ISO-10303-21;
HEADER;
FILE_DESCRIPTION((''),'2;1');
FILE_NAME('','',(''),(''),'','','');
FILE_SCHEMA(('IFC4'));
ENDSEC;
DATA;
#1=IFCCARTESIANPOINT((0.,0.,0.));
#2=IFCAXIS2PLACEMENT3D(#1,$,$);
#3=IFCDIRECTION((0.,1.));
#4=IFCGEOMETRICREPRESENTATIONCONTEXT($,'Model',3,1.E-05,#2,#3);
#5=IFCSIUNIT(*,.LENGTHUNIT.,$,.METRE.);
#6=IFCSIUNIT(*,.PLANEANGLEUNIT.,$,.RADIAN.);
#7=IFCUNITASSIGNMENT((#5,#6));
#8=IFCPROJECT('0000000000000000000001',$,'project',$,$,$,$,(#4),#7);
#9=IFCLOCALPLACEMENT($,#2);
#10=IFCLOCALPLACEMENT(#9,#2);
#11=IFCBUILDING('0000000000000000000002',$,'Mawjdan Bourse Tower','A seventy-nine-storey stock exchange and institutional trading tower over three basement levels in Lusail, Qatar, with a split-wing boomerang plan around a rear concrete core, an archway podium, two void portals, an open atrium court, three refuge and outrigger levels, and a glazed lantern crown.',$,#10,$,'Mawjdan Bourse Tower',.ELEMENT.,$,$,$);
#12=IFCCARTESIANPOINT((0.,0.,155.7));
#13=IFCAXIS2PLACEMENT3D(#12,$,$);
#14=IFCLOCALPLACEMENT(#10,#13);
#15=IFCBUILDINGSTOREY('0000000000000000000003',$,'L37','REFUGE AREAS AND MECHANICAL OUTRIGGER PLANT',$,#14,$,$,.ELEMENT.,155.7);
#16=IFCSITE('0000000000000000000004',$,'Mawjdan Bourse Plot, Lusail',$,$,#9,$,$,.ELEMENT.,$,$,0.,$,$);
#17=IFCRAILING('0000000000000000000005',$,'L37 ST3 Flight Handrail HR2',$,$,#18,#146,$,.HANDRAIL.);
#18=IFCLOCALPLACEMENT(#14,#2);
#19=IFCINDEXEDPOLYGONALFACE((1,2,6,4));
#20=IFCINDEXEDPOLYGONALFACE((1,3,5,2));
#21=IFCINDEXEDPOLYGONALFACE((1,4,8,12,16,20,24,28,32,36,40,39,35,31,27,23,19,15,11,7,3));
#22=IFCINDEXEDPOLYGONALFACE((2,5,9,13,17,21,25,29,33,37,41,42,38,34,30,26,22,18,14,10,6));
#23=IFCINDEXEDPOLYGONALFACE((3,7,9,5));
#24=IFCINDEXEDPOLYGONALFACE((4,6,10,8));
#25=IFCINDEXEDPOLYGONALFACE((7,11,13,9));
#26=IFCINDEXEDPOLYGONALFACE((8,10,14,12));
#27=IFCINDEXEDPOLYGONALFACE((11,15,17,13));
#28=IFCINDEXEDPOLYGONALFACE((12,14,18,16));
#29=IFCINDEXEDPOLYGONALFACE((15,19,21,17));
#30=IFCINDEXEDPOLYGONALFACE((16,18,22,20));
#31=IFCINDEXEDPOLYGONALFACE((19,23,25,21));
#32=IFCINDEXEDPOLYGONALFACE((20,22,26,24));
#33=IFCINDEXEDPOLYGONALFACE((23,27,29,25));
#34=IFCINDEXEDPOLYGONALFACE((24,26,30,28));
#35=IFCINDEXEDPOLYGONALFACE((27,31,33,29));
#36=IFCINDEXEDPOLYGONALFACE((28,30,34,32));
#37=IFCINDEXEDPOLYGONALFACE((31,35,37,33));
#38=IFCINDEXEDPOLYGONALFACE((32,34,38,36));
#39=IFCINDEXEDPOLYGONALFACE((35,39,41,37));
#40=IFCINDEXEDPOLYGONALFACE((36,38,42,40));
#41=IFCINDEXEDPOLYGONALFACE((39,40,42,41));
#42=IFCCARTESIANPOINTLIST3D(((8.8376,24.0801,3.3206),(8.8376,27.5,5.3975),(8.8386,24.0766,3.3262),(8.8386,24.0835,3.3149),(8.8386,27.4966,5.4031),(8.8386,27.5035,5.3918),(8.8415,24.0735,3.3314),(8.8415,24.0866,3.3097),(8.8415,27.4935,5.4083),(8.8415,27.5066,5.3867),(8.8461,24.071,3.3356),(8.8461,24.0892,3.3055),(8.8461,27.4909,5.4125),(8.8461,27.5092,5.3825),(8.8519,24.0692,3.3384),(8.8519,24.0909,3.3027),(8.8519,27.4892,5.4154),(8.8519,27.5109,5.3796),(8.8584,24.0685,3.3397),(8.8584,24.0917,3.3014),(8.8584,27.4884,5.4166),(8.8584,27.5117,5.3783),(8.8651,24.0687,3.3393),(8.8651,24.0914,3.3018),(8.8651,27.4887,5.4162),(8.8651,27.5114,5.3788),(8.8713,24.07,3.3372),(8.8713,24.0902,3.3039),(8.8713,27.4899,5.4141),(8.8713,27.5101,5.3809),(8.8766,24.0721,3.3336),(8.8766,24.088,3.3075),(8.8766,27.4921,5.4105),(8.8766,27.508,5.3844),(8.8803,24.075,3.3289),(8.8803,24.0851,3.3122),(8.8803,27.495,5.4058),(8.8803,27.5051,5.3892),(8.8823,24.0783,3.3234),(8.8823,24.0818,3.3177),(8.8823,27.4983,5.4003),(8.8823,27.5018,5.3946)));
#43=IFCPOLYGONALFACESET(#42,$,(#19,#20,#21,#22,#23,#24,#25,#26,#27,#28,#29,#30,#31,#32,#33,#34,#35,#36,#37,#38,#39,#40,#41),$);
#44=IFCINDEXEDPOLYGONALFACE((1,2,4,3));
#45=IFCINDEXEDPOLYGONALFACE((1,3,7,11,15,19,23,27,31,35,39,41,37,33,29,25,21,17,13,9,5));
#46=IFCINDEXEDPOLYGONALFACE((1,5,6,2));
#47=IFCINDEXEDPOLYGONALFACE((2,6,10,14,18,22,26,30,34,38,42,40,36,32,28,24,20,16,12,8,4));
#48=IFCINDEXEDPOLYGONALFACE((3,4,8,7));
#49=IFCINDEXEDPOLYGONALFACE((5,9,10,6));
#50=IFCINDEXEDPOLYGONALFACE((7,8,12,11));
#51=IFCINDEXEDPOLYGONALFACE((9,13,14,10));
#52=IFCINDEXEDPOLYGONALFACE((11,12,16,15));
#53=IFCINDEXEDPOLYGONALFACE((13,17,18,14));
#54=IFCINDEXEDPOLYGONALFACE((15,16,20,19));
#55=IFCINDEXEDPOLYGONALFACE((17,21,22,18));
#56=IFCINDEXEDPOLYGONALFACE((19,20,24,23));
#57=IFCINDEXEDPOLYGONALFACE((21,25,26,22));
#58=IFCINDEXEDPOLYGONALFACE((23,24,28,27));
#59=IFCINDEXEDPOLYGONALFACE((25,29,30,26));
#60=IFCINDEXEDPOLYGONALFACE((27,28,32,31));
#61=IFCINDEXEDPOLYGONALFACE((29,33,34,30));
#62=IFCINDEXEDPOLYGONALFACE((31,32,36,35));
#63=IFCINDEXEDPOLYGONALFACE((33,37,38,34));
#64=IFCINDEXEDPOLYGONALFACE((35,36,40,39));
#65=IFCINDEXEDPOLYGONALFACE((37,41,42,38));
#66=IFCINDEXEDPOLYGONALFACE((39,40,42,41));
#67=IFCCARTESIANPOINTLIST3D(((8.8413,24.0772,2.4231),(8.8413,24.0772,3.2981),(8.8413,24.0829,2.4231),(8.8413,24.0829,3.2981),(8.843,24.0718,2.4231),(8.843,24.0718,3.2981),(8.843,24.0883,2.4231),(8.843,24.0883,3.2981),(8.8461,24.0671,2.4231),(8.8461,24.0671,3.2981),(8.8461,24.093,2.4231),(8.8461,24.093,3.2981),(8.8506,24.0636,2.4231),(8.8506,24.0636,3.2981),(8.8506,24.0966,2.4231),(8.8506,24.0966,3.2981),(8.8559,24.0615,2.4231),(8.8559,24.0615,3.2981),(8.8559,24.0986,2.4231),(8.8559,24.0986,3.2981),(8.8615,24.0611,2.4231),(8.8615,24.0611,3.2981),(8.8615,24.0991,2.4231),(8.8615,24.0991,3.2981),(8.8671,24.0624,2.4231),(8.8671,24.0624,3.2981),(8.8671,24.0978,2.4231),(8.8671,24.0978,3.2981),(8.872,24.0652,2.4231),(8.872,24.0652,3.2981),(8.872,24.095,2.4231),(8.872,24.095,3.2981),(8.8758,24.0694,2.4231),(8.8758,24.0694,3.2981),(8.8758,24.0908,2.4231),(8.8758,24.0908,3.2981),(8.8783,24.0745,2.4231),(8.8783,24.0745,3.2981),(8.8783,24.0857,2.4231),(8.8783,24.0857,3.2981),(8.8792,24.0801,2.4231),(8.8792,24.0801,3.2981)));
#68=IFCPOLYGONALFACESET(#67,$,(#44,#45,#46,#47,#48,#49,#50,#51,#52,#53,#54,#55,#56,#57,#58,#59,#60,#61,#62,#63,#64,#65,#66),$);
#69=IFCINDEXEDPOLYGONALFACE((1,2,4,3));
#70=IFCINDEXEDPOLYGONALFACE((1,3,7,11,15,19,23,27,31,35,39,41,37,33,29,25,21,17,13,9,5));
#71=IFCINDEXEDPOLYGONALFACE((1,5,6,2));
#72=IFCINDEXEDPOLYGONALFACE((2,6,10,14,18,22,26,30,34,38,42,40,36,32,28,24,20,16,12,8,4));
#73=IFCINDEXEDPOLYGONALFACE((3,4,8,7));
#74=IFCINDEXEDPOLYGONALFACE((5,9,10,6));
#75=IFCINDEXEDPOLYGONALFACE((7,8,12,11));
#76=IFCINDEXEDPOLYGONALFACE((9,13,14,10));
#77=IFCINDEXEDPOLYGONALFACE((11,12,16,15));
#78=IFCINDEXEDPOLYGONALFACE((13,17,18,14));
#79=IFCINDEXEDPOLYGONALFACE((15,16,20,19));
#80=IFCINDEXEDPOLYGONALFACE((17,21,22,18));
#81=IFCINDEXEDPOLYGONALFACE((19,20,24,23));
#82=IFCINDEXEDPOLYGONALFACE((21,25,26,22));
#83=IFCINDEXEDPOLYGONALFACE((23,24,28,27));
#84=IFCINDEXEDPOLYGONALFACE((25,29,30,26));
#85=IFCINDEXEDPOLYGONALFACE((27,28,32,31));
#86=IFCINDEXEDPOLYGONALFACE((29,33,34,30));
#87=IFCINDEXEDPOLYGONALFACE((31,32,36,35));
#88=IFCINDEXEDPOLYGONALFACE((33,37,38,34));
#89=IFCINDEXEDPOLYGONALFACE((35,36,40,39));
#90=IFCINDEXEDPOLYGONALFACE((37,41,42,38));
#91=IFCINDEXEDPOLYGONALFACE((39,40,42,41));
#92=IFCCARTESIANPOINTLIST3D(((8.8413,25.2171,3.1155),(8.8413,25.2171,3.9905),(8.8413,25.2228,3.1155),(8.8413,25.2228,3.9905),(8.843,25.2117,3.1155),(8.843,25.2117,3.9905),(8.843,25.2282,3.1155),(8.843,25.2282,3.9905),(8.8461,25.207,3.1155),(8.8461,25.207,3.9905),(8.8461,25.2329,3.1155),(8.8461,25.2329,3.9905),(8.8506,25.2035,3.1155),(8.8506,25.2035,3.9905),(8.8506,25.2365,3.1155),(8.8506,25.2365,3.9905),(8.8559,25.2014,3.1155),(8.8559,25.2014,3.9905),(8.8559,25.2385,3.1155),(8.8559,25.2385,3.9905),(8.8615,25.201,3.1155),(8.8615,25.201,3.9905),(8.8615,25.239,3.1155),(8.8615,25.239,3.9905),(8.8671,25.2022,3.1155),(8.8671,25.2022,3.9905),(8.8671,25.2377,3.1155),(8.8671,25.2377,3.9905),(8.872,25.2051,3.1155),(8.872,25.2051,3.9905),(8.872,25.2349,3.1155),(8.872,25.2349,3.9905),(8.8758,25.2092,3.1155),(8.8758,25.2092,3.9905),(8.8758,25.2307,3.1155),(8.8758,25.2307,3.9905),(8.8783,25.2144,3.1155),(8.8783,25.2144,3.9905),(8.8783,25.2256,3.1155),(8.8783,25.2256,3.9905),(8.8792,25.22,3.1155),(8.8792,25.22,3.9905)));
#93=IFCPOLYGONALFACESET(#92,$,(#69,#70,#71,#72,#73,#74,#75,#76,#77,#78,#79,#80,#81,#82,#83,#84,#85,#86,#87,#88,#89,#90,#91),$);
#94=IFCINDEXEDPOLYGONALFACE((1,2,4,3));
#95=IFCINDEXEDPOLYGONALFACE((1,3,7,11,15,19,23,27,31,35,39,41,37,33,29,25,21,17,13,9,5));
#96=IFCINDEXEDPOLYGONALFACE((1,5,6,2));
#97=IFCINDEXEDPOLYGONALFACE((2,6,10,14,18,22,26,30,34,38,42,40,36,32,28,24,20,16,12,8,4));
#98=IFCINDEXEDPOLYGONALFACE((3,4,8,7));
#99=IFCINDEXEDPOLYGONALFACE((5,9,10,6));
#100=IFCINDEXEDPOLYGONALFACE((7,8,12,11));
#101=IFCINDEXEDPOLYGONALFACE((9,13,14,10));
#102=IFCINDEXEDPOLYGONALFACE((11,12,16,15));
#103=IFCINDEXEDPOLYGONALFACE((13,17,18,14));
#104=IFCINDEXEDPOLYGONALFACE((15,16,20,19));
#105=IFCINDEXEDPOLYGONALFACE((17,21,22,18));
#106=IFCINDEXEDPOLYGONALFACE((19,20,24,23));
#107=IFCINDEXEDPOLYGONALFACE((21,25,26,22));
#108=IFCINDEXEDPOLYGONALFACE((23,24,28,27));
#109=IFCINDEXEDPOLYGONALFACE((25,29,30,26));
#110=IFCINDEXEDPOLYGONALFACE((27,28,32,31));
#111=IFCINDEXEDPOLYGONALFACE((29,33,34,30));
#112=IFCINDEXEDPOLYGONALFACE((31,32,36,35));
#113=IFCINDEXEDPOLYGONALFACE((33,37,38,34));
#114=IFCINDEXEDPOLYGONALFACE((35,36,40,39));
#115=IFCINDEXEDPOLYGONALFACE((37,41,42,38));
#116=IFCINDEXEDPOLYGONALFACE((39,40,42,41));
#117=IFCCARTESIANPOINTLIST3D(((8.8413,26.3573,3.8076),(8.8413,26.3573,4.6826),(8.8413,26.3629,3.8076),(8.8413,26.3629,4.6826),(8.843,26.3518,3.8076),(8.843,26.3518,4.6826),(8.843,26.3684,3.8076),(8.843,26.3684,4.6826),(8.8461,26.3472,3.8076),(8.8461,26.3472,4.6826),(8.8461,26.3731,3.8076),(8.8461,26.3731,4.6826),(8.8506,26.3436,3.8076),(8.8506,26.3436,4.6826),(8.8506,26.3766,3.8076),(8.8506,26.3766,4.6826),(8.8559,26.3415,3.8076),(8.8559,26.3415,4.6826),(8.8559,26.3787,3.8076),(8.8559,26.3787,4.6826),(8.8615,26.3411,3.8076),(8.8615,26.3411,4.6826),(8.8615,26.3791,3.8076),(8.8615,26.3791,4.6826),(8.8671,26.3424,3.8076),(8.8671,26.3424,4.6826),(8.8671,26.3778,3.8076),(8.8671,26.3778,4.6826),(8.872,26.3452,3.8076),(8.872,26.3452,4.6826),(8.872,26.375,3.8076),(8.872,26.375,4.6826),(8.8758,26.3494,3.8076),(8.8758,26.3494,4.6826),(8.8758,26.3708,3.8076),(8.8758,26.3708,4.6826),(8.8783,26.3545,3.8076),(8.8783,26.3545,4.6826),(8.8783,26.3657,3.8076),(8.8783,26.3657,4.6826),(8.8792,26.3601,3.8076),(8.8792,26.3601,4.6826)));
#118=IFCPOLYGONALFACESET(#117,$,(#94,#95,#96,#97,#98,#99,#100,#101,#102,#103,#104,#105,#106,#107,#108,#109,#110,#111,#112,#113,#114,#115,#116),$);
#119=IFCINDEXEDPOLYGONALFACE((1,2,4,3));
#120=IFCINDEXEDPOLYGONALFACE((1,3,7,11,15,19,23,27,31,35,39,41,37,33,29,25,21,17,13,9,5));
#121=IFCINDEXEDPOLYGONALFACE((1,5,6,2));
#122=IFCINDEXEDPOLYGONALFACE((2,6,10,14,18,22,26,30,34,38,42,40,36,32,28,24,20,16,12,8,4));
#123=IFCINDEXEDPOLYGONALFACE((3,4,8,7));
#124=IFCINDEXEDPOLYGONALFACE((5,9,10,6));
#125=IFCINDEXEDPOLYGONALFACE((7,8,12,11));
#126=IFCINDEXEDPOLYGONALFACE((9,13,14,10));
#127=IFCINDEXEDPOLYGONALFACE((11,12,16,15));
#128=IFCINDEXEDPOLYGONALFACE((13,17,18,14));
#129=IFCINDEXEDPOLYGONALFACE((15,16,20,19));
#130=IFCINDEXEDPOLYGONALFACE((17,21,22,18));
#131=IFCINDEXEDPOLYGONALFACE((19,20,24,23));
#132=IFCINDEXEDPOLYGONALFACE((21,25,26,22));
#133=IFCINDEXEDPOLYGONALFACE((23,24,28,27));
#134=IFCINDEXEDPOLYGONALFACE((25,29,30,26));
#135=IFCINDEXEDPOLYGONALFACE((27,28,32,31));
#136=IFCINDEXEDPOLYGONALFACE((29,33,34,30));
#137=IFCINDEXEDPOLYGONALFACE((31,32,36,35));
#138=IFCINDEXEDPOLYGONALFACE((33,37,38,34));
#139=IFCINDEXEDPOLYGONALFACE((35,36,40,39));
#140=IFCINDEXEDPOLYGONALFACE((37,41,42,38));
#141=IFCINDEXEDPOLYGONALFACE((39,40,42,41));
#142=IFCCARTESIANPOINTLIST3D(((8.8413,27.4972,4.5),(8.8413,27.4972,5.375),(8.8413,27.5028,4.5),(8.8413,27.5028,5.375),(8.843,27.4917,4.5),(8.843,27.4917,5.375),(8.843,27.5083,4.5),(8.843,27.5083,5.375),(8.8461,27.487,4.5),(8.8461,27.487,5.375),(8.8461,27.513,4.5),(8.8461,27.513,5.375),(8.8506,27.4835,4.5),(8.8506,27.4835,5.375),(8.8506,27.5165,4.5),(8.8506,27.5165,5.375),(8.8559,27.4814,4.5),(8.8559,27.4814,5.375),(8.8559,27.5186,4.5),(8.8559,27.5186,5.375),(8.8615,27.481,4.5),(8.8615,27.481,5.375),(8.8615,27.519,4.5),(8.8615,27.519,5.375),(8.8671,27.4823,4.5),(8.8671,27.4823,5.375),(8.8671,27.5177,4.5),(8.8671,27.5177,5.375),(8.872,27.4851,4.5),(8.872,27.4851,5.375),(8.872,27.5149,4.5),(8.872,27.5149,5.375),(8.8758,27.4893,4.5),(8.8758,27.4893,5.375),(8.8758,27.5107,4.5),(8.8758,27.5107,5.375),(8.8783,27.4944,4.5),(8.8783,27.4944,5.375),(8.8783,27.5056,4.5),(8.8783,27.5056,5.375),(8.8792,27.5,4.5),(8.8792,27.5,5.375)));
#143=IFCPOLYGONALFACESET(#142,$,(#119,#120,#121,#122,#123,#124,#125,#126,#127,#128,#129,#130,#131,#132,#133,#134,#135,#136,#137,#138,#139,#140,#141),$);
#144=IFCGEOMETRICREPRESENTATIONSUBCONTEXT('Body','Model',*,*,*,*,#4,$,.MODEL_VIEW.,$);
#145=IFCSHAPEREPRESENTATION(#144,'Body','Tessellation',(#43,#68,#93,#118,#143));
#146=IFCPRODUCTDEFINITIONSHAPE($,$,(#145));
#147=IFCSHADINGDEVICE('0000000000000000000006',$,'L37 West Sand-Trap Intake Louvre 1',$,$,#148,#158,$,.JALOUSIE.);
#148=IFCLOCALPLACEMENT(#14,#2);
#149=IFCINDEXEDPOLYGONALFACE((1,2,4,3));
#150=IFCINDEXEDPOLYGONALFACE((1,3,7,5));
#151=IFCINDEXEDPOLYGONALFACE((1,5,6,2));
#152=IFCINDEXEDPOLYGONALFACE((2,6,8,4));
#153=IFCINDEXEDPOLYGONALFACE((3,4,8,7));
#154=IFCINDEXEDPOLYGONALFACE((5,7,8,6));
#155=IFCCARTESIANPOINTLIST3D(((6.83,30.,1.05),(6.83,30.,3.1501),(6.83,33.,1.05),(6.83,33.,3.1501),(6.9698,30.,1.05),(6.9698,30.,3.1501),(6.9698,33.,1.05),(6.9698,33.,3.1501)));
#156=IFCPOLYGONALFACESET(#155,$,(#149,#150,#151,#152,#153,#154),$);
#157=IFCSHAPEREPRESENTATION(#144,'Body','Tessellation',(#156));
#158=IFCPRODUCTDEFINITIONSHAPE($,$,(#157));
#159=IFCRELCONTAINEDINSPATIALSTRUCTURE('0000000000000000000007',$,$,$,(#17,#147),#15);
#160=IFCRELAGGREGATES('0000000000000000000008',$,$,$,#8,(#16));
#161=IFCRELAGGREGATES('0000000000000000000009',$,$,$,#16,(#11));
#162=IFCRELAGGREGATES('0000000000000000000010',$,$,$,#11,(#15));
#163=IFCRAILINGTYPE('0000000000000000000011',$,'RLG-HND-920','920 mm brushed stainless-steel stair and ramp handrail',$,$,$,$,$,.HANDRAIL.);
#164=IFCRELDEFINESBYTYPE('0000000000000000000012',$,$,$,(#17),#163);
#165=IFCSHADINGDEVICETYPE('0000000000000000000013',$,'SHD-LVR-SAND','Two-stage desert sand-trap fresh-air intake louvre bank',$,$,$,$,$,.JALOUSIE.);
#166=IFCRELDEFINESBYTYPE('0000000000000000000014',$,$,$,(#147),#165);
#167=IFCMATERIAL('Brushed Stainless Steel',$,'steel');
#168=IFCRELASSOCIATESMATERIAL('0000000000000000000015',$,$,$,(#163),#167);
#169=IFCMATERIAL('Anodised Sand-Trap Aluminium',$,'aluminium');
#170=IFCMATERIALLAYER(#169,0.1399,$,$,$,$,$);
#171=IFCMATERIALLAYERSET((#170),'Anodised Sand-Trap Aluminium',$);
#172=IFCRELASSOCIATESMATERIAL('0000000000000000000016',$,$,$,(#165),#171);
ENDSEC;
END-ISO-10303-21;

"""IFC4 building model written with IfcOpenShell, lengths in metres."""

from ifc_helpers import new_model, si_unit, direction, frame, origin, origin_2d, place, context, subcontext, project, spatial, rectangle, circle, extrude, material, layer, layer_set, type_object, element, save


model = new_model("IFC4")

# Units and contexts
model_context = context("Model", 3, precision=1e-05, world=origin(), true_north=direction((0.0, 1.0)))
body_context = subcontext(model_context, "Body", "Model", "MODEL_VIEW")
ifc_project = project(units=[si_unit("LENGTHUNIT", "METRE"), si_unit("PLANEANGLEUNIT", "RADIAN")], contexts=[model_context])

# Site, building, storey
site_placement = place(None, origin())
site = spatial("IfcSite", under=ifc_project, at=site_placement, Name="Mawjdan Bourse Plot, Lusail", CompositionType="ELEMENT", RefElevation=0.0)
building_placement = place(site_placement, origin())
building = spatial("IfcBuilding", under=site, at=building_placement, Name="Mawjdan Bourse Tower", Description="A seventy-nine-storey stock exchange and institutional trading tower over three basement levels in Lusail, Qatar, with a split-wing boomerang plan around a rear concrete core, an archway podium, two void portals, an open atrium court, three refuge and outrigger levels, and a glazed lantern crown.", LongName="Mawjdan Bourse Tower", CompositionType="ELEMENT")
storey_placement = place(building_placement, frame((0.0, 0.0, 155.7)))
storey = spatial("IfcBuildingStorey", under=building, at=storey_placement, Name="L37", Description="REFUGE AREAS AND MECHANICAL OUTRIGGER PLANT", CompositionType="ELEMENT", Elevation=155.7)

# Railing
ifc_material_1 = material(Name="Brushed Stainless Steel", Category="steel")
railing_type_1 = type_object("IfcRailingType", Name="RLG-HND-920", Description="920 mm brushed stainless-steel stair and ramp handrail", PredefinedType="HANDRAIL", material=ifc_material_1)
railing_1_placement = place(storey_placement, frame((8.8601, 24.0801, 2.4231)))
element("IfcRailing", 1, at=railing_1_placement, inside=storey, type_object=railing_type_1, Name="L37 ST3 Flight Handrail HR2", PredefinedType="HANDRAIL", context=body_context, shape_type="SweptSolid", body=[
    extrude(circle(Radius=0.0225, at=origin_2d()), frame((0.0, 0.0, 0.8975), z_axis=(0.0, 0.85473, 0.519074), x_axis=(-1.0, 0.0, 0.0)), (0.0, 0.0, 1.0), 4.0012),
    extrude(circle(Radius=0.019, at=origin_2d()), origin(), (0.0, 0.0, 1.0), 0.875),
    extrude(circle(Radius=0.019, at=origin_2d()), frame((0.0, 1.1399, 0.6924)), (0.0, 0.0, 1.0), 0.875),
    extrude(circle(Radius=0.019, at=origin_2d()), frame((0.0, 2.28, 1.3845)), (0.0, 0.0, 1.0), 0.875),
    extrude(circle(Radius=0.019, at=origin_2d()), frame((0.0, 3.4199, 2.0769)), (0.0, 0.0, 1.0), 0.875),
])

# Shading device
ifc_material_2 = material(Name="Anodised Sand-Trap Aluminium", Category="aluminium")
ifc_layer_1 = layer(ifc_material_2, 0.1399)
ifc_layer_set_1 = layer_set([ifc_layer_1], Name="Anodised Sand-Trap Aluminium")
shading_device_type = type_object("IfcShadingDeviceType", Name="SHD-LVR-SAND", Description="Two-stage desert sand-trap fresh-air intake louvre bank", PredefinedType="JALOUSIE", material=ifc_layer_set_1)
shading_device_placement = place(storey_placement, frame((6.8999, 31.5, 1.05), z_axis=(0.0, 0.0, 1.0), x_axis=(1.0, 0.0, 0.0)))
element("IfcShadingDevice", 2, at=shading_device_placement, inside=storey, type_object=shading_device_type, Name="L37 West Sand-Trap Intake Louvre 1", PredefinedType="JALOUSIE", context=body_context, shape_type="SweptSolid", body=[
    extrude(rectangle(XDim=0.1399, YDim=3.0, at=origin_2d()), origin(), (0.0, 0.0, 1.0), 2.1001),
])

save(model, "model.ifc")
